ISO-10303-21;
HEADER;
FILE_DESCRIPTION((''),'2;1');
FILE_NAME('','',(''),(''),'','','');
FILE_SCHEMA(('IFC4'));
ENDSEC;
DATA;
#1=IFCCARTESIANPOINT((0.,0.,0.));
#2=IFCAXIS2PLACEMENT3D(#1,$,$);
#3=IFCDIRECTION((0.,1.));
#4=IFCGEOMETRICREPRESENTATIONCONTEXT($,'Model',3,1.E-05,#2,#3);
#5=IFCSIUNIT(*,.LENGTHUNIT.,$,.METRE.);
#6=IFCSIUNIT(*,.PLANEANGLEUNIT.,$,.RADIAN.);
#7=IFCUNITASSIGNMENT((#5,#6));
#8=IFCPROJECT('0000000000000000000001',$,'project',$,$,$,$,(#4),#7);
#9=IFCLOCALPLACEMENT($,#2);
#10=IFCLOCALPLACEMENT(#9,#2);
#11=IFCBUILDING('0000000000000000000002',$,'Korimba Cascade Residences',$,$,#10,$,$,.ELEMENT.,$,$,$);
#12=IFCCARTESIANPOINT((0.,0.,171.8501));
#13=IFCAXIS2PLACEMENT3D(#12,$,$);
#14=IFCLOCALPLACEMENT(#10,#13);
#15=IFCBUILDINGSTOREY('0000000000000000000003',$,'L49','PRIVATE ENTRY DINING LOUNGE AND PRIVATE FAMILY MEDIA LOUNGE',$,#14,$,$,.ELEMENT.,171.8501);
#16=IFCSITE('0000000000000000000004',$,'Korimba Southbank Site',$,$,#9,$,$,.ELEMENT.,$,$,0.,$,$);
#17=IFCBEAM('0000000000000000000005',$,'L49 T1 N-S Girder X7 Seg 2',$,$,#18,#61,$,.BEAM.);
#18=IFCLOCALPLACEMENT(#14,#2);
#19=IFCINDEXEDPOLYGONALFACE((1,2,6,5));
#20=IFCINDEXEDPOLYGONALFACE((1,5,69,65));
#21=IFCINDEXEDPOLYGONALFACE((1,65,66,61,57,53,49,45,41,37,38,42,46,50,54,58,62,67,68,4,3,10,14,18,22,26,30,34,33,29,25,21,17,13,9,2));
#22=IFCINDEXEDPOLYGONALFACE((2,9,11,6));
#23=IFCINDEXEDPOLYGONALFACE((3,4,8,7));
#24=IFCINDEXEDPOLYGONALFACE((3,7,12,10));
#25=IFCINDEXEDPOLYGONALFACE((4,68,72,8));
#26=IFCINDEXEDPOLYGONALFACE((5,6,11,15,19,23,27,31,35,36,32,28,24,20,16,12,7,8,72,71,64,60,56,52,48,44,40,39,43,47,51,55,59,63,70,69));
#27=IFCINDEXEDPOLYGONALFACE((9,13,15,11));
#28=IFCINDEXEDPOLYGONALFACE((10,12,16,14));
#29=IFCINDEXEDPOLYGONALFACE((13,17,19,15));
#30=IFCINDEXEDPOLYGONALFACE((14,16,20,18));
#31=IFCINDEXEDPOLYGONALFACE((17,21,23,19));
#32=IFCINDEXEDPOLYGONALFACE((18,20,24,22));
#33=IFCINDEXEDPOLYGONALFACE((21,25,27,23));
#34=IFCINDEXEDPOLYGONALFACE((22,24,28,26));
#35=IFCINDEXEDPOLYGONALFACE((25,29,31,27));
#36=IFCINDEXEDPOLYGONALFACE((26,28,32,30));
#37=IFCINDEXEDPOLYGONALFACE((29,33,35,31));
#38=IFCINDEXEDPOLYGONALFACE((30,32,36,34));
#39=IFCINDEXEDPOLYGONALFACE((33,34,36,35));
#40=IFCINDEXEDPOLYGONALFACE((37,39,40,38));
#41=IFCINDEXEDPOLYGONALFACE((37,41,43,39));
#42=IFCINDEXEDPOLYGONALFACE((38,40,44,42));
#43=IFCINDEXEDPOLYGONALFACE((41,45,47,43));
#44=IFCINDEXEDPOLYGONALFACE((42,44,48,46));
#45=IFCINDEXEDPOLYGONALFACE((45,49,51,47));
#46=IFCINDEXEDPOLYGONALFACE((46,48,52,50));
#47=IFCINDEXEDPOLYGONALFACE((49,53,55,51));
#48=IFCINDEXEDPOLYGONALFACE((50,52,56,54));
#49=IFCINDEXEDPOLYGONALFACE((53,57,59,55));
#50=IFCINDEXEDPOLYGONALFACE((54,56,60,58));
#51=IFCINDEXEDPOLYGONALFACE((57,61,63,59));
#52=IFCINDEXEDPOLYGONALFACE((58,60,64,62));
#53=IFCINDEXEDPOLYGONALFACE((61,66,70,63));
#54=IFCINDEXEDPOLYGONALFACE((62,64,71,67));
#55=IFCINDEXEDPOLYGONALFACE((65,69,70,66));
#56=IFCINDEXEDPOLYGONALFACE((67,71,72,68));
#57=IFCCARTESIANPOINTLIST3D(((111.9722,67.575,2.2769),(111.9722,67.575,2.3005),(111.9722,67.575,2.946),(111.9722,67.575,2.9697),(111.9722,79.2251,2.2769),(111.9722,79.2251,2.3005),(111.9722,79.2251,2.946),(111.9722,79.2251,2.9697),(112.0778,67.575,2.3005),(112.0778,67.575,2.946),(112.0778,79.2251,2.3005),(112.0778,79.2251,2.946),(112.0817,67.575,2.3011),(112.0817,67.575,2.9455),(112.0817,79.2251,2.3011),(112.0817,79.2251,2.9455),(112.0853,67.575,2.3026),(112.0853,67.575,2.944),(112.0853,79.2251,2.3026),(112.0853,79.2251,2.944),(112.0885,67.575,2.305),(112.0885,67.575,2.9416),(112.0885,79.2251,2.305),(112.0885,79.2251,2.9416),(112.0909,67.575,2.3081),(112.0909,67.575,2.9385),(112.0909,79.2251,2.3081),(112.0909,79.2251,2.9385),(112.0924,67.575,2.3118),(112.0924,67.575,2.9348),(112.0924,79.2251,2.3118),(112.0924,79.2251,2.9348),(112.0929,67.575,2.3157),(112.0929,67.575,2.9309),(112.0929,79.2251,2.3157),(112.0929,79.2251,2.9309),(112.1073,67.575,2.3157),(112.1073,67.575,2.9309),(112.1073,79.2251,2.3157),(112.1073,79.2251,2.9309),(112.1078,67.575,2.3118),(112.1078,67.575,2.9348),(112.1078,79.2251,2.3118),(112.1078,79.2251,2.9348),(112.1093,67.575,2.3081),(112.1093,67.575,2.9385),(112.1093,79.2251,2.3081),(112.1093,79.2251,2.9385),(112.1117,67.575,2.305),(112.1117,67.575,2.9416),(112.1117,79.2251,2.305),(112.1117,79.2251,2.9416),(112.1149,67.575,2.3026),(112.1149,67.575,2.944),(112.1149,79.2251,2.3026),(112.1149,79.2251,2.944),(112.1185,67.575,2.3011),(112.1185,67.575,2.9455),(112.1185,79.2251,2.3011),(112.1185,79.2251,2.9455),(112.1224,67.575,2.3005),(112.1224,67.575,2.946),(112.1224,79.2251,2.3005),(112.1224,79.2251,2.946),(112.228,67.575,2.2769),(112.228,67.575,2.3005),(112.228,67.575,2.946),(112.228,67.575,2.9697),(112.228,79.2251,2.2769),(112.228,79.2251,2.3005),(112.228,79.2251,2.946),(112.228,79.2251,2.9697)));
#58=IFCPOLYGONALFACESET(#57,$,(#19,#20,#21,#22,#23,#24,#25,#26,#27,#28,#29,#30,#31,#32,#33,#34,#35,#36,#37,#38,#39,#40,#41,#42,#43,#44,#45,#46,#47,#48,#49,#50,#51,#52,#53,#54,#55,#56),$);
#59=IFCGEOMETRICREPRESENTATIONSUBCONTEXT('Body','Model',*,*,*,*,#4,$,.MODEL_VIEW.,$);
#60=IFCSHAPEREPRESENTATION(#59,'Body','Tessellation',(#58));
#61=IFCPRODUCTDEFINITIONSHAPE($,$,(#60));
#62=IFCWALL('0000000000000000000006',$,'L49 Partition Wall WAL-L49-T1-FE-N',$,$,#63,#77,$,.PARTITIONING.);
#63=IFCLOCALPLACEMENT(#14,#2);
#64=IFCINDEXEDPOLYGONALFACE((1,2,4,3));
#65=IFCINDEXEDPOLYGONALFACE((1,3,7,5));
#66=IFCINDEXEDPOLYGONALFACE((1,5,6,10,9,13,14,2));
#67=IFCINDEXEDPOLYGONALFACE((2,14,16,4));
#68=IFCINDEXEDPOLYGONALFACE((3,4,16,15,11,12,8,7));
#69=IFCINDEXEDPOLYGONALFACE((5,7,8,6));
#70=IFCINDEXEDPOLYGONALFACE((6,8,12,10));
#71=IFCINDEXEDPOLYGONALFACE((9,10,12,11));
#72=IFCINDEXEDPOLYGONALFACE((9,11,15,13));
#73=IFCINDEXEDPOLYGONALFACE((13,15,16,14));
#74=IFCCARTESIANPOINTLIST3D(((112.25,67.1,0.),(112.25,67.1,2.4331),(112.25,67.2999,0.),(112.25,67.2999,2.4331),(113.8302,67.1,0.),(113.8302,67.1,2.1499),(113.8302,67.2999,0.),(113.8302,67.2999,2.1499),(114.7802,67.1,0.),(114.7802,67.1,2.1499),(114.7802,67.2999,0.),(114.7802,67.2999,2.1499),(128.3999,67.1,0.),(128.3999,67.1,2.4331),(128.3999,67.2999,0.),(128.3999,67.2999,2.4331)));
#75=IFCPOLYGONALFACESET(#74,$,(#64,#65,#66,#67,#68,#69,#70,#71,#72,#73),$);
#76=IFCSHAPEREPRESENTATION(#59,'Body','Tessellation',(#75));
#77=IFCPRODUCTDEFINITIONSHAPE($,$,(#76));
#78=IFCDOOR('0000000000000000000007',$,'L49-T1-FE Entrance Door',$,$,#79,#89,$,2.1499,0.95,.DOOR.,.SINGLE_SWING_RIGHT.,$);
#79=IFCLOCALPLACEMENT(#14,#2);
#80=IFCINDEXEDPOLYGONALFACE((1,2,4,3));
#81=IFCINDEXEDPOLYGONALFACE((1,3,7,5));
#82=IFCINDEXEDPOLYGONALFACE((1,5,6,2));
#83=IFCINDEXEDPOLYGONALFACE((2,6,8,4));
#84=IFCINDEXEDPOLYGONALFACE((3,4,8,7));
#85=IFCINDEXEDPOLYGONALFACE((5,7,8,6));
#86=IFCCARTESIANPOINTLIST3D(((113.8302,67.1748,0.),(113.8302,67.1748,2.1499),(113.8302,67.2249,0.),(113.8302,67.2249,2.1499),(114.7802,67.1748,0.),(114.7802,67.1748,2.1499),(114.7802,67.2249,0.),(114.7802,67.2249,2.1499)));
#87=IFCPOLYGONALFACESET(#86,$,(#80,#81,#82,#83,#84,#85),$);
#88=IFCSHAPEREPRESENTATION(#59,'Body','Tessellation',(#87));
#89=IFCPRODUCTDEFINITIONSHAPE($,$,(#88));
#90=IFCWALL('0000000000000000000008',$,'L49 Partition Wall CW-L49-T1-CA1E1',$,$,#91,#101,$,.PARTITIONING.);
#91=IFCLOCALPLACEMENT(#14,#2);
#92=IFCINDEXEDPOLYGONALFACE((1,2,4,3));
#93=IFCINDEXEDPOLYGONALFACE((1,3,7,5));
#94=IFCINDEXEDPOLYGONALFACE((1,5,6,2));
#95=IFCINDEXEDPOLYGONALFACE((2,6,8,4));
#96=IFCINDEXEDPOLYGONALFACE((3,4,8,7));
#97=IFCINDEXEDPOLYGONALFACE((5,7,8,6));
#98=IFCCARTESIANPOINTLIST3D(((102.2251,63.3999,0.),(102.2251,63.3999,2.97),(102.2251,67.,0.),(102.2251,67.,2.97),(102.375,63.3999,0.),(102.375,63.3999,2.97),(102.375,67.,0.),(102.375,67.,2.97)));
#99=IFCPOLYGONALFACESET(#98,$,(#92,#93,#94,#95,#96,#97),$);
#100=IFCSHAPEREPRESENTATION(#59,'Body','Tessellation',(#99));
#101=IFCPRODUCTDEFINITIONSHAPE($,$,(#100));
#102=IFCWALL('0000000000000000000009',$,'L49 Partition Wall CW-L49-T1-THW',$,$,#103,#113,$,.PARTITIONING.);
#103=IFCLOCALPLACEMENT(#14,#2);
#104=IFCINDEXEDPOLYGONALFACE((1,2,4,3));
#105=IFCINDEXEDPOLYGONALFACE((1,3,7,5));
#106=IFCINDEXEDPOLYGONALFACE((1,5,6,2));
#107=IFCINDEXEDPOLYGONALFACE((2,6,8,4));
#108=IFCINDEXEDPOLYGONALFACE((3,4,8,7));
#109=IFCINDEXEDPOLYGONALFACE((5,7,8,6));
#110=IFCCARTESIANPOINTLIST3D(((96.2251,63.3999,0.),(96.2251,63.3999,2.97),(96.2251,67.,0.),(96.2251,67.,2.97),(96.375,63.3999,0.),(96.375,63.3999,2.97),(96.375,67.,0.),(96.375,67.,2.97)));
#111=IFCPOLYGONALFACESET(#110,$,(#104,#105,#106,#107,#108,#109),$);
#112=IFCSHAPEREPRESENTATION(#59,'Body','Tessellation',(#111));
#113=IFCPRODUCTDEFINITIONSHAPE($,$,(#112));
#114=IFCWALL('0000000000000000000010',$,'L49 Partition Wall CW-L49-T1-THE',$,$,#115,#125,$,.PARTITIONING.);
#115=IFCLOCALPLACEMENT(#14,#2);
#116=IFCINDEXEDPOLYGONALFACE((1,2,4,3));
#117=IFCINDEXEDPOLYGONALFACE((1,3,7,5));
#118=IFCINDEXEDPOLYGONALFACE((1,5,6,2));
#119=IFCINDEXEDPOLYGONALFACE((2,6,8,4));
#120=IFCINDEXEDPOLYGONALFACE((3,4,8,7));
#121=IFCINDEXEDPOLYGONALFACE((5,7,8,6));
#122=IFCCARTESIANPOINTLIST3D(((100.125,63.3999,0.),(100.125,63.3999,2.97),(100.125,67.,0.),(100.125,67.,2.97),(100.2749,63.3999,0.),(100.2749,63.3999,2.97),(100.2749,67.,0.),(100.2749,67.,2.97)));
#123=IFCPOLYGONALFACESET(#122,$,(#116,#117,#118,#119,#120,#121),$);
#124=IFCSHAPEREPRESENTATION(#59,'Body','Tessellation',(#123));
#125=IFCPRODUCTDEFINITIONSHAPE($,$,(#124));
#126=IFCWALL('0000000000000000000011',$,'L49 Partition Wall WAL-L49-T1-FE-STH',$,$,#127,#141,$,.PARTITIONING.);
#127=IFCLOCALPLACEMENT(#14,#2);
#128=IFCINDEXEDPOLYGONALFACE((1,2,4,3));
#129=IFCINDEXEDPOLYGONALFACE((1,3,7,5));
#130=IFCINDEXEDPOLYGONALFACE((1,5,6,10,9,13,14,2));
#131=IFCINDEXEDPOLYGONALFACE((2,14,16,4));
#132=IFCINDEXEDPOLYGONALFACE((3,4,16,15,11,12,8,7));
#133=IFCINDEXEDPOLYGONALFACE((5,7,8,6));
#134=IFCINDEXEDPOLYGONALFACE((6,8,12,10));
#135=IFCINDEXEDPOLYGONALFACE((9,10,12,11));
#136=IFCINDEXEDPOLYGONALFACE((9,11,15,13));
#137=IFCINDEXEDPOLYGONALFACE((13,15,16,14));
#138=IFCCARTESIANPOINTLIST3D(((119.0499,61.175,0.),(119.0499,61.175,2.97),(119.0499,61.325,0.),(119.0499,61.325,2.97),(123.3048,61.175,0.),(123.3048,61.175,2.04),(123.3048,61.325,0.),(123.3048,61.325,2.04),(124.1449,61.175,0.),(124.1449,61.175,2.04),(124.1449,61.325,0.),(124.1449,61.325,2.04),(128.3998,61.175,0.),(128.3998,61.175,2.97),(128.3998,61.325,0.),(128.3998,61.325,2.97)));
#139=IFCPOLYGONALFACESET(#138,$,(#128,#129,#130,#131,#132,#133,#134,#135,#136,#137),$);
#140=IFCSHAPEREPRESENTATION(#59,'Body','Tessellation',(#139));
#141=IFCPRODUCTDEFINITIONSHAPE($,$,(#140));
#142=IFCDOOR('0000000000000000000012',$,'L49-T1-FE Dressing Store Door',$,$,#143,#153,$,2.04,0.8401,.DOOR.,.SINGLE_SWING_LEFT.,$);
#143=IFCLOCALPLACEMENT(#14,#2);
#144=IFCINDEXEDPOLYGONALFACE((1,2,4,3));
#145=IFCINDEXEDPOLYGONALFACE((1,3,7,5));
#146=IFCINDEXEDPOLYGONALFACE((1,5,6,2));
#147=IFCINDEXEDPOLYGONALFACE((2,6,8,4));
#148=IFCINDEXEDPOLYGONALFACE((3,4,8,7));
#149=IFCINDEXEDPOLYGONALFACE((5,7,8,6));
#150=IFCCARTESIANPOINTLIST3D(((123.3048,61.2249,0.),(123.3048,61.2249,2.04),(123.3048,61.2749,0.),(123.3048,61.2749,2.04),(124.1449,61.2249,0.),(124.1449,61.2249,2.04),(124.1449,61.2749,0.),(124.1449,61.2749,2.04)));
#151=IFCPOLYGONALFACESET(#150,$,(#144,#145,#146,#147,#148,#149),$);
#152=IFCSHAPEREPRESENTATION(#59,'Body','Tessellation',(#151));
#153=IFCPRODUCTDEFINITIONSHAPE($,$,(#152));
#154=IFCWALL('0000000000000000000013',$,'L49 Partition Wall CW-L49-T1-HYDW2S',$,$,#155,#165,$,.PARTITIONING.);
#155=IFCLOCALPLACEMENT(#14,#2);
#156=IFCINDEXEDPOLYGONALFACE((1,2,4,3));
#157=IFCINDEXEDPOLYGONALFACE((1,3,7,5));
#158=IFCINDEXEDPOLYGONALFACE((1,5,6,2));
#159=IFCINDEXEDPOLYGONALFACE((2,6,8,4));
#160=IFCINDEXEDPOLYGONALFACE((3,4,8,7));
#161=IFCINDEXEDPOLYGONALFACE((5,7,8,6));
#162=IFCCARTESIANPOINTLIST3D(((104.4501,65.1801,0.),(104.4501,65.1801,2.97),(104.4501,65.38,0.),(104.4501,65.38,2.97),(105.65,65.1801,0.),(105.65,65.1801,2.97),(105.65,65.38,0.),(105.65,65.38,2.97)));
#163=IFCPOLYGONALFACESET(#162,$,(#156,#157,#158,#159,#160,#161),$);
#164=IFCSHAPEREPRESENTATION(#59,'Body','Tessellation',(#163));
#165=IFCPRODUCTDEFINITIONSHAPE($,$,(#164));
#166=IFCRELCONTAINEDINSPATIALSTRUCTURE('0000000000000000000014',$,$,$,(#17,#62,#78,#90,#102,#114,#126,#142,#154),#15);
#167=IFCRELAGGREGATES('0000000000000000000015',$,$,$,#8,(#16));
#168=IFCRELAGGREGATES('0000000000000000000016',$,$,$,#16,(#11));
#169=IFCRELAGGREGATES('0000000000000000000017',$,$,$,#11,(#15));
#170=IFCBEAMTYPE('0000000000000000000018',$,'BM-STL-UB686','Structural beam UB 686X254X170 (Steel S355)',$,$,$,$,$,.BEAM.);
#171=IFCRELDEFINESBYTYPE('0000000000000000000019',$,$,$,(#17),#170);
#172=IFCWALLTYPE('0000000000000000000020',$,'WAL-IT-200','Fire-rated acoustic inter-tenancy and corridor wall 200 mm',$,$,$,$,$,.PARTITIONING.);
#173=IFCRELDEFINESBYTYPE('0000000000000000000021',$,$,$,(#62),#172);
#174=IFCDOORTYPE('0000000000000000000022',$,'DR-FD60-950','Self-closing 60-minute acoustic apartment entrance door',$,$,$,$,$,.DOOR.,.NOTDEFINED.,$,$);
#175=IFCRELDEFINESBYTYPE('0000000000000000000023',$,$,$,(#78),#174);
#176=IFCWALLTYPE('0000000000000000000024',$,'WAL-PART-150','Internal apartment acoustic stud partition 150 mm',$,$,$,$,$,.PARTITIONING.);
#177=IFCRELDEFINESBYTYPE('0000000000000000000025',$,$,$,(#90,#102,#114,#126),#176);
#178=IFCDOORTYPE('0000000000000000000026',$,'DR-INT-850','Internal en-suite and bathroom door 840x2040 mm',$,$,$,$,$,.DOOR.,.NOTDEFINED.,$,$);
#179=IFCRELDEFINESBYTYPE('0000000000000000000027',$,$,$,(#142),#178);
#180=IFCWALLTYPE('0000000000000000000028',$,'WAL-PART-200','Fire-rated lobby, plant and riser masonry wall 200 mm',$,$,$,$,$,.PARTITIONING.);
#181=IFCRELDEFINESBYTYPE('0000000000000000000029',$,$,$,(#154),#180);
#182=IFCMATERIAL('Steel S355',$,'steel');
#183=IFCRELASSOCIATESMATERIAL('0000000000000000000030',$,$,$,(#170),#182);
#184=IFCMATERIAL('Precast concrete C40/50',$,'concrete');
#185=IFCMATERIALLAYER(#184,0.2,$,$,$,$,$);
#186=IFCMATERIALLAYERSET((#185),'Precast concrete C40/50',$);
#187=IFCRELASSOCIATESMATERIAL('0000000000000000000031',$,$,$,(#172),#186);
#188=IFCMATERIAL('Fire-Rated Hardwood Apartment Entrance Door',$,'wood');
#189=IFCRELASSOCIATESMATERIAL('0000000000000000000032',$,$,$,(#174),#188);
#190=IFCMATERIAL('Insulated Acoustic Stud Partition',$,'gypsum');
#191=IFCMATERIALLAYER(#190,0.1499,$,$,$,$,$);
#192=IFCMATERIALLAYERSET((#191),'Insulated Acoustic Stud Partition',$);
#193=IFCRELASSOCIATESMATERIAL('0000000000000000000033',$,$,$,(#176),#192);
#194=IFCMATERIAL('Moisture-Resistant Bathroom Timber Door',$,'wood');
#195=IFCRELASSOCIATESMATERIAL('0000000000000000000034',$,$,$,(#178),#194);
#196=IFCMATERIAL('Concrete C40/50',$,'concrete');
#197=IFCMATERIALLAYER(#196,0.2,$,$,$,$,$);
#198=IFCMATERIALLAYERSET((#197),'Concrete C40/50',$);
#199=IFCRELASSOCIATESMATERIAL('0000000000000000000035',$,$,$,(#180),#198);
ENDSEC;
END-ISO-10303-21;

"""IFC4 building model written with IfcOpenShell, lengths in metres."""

from ifc_helpers import new_model, si_unit, direction, frame, frame_2d, origin, origin_2d, place, context, subcontext, project, spatial, rectangle, i_section, extrude, material, layer, layer_set, material_profile, profile_set, type_object, element, fill, save


model = new_model("IFC4")

# Units and contexts
model_context = context("Model", 3, precision=1e-05, world=origin(), true_north=direction((0.0, 1.0)))
body_context = subcontext(model_context, "Body", "Model", "MODEL_VIEW")
ifc_project = project(units=[si_unit("LENGTHUNIT", "METRE"), si_unit("PLANEANGLEUNIT", "RADIAN")], contexts=[model_context])

# Site, building, storey
site_placement = place(None, origin())
site = spatial("IfcSite", under=ifc_project, at=site_placement, Name="Korimba Southbank Site", CompositionType="ELEMENT", RefElevation=0.0)
building_placement = place(site_placement, origin())
building = spatial("IfcBuilding", under=site, at=building_placement, Name="Korimba Cascade Residences", CompositionType="ELEMENT")
storey_placement = place(building_placement, frame((0.0, 0.0, 171.8501)))
storey = spatial("IfcBuildingStorey", under=building, at=storey_placement, Name="L49", Description="PRIVATE ENTRY DINING LOUNGE AND PRIVATE FAMILY MEDIA LOUNGE", CompositionType="ELEMENT", Elevation=171.8501)

# Beam
ifc_material_1 = material(Name="Steel S355", Category="steel")
ifc_material_profile_1 = material_profile(ifc_material_1, i_section(OverallWidth=0.2559, OverallDepth=0.6929, WebThickness=0.0144, FlangeThickness=0.0237, FilletRadius=0.0151, at=origin_2d()), Name="Steel S355")
ifc_profile_set_1 = profile_set([ifc_material_profile_1], Name="Steel S355")
beam_type_1 = type_object("IfcBeamType", Name="BM-STL-UB686", Description="Structural beam UB 686X254X170 (Steel S355)", PredefinedType="BEAM", material=ifc_profile_set_1)
for number, where, z_axis, x_axis, name in (
    (1, (112.1001, 67.575, 2.6233), (0.0, 1.0, 0.0), (-1.0, 0.0, 0.0), "L49 T1 N-S Girder X7 Seg 2"),
):
    element("IfcBeam", number, at=place(storey_placement, frame(where, z_axis=z_axis, x_axis=x_axis)), inside=storey, type_object=beam_type_1, Name=name, PredefinedType="BEAM", context=body_context, shape_type="SweptSolid", body=[
        extrude(i_section(OverallWidth=0.2559, OverallDepth=0.6929, WebThickness=0.0144, FlangeThickness=0.0237, FilletRadius=0.0151, at=origin_2d()), origin(), (0.0, 0.0, 1.0), 11.6501),
    ])

# Wall, opening, door
ifc_material_2 = material(Name="Precast concrete C40/50", Category="concrete")
ifc_layer_1 = layer(ifc_material_2, 0.2)
ifc_layer_set_1 = layer_set([ifc_layer_1], Name="Precast concrete C40/50")
wall_type_1 = type_object("IfcWallType", Name="WAL-IT-200", Description="Fire-rated acoustic inter-tenancy and corridor wall 200 mm", PredefinedType="PARTITIONING", material=ifc_layer_set_1)
wall_1_placement = place(storey_placement, frame((112.25, 67.2, 0.0), z_axis=(0.0, 0.0, 1.0), x_axis=(1.0, 0.0, 0.0)))
wall_1 = element("IfcWall", 2, at=wall_1_placement, inside=storey, type_object=wall_type_1, Name="L49 Partition Wall WAL-L49-T1-FE-N", PredefinedType="PARTITIONING", context=body_context, shape_type="SweptSolid", body=[
    extrude(rectangle(XDim=16.1499, YDim=0.2, at=frame_2d((8.075, 0.0))), origin(), (0.0, 0.0, 1.0), 2.4331),
])
opening_1_placement = place(wall_1_placement, frame((1.5801, 0.0, 0.0)))
opening_1 = element("IfcOpeningElement", 3, at=opening_1_placement, cuts=wall_1, PredefinedType="OPENING", context=body_context, shape_type="SweptSolid", body=[
    extrude(rectangle(XDim=0.95, YDim=2.1499, at=frame_2d((0.4751, 1.075))), frame((0.0, 0.1099, 0.0), z_axis=(0.0, -1.0, 0.0), x_axis=(1.0, 0.0, 0.0)), (0.0, 0.0, 1.0), 0.22),
])
ifc_material_3 = material(Name="Fire-Rated Hardwood Apartment Entrance Door", Category="wood")
door_type_1 = type_object("IfcDoorType", Name="DR-FD60-950", Description="Self-closing 60-minute acoustic apartment entrance door", OperationType="NOTDEFINED", PredefinedType="DOOR", material=ifc_material_3)
door_1_placement = place(opening_1_placement, origin())
door_1 = element("IfcDoor", 4, at=door_1_placement, inside=storey, type_object=door_type_1, Name="L49-T1-FE Entrance Door", OperationType="SINGLE_SWING_RIGHT", OverallHeight=2.1499, OverallWidth=0.95, PredefinedType="DOOR", context=body_context, shape_type="SweptSolid", body=[
    extrude(rectangle(XDim=0.95, YDim=2.1499, at=frame_2d((0.4751, 1.075))), frame((0.0, 0.0249, 0.0), z_axis=(0.0, -1.0, 0.0), x_axis=(1.0, 0.0, 0.0)), (0.0, 0.0, 1.0), 0.05),
])
fill(opening_1, door_1)

# Walls
ifc_material_4 = material(Name="Insulated Acoustic Stud Partition", Category="gypsum")
ifc_layer_2 = layer(ifc_material_4, 0.1499)
ifc_layer_set_2 = layer_set([ifc_layer_2], Name="Insulated Acoustic Stud Partition")
wall_type_2 = type_object("IfcWallType", Name="WAL-PART-150", Description="Internal apartment acoustic stud partition 150 mm", PredefinedType="PARTITIONING", material=ifc_layer_set_2)
for number, where, z_axis, x_axis, name in (
    (5, (102.3, 63.3999, 0.0), (0.0, 0.0, 1.0), (0.0, 1.0, 0.0), "L49 Partition Wall CW-L49-T1-CA1E1"),
    (6, (96.3, 63.3999, 0.0), (0.0, 0.0, 1.0), (0.0, 1.0, 0.0), "L49 Partition Wall CW-L49-T1-THW"),
    (7, (100.2, 63.3999, 0.0), (0.0, 0.0, 1.0), (0.0, 1.0, 0.0), "L49 Partition Wall CW-L49-T1-THE"),
):
    element("IfcWall", number, at=place(storey_placement, frame(where, z_axis=z_axis, x_axis=x_axis)), inside=storey, type_object=wall_type_2, Name=name, PredefinedType="PARTITIONING", context=body_context, shape_type="SweptSolid", body=[
        extrude(rectangle(XDim=3.6001, YDim=0.1499, at=frame_2d((1.8, 0.0))), origin(), (0.0, 0.0, 1.0), 2.97),
    ])

# Wall, opening, door
wall_2_placement = place(storey_placement, frame((119.05, 61.25, 0.0), z_axis=(0.0, 0.0, 1.0), x_axis=(1.0, 0.0, 0.0)))
wall_2 = element("IfcWall", 8, at=wall_2_placement, inside=storey, type_object=wall_type_2, Name="L49 Partition Wall WAL-L49-T1-FE-STH", PredefinedType="PARTITIONING", context=body_context, shape_type="SweptSolid", body=[
    extrude(rectangle(XDim=9.3499, YDim=0.1499, at=frame_2d((4.6748, 0.0))), origin(), (0.0, 0.0, 1.0), 2.97),
])
opening_2_placement = place(wall_2_placement, frame((4.2549, 0.0, 0.0)))
opening_2 = element("IfcOpeningElement", 9, at=opening_2_placement, cuts=wall_2, PredefinedType="OPENING", context=body_context, shape_type="SweptSolid", body=[
    extrude(rectangle(XDim=0.8401, YDim=2.04, at=frame_2d((0.4199, 1.02))), frame((0.0, 0.085, 0.0), z_axis=(0.0, -1.0, 0.0), x_axis=(1.0, 0.0, 0.0)), (0.0, 0.0, 1.0), 0.1699),
])
ifc_material_5 = material(Name="Moisture-Resistant Bathroom Timber Door", Category="wood")
door_type_2 = type_object("IfcDoorType", Name="DR-INT-850", Description="Internal en-suite and bathroom door 840x2040 mm", OperationType="NOTDEFINED", PredefinedType="DOOR", material=ifc_material_5)
door_2_placement = place(opening_2_placement, origin())
door_2 = element("IfcDoor", 10, at=door_2_placement, inside=storey, type_object=door_type_2, Name="L49-T1-FE Dressing Store Door", OperationType="SINGLE_SWING_LEFT", OverallHeight=2.04, OverallWidth=0.8401, PredefinedType="DOOR", context=body_context, shape_type="SweptSolid", body=[
    extrude(rectangle(XDim=0.8401, YDim=2.04, at=frame_2d((0.4199, 1.02))), frame((0.0, 0.0249, 0.0), z_axis=(0.0, -1.0, 0.0), x_axis=(1.0, 0.0, 0.0)), (0.0, 0.0, 1.0), 0.05),
])
fill(opening_2, door_2)

# Wall
ifc_material_6 = material(Name="Concrete C40/50", Category="concrete")
ifc_layer_3 = layer(ifc_material_6, 0.2)
ifc_layer_set_3 = layer_set([ifc_layer_3], Name="Concrete C40/50")
wall_type_3 = type_object("IfcWallType", Name="WAL-PART-200", Description="Fire-rated lobby, plant and riser masonry wall 200 mm", PredefinedType="PARTITIONING", material=ifc_layer_set_3)
wall_3_placement = place(storey_placement, frame((104.45, 65.28, 0.0), z_axis=(0.0, 0.0, 1.0), x_axis=(1.0, 0.0, 0.0)))
element("IfcWall", 11, at=wall_3_placement, inside=storey, type_object=wall_type_3, Name="L49 Partition Wall CW-L49-T1-HYDW2S", PredefinedType="PARTITIONING", context=body_context, shape_type="SweptSolid", body=[
    extrude(rectangle(XDim=1.2, YDim=0.2, at=frame_2d((0.6001, 0.0))), origin(), (0.0, 0.0, 1.0), 2.97),
])

save(model, "model.ifc")
